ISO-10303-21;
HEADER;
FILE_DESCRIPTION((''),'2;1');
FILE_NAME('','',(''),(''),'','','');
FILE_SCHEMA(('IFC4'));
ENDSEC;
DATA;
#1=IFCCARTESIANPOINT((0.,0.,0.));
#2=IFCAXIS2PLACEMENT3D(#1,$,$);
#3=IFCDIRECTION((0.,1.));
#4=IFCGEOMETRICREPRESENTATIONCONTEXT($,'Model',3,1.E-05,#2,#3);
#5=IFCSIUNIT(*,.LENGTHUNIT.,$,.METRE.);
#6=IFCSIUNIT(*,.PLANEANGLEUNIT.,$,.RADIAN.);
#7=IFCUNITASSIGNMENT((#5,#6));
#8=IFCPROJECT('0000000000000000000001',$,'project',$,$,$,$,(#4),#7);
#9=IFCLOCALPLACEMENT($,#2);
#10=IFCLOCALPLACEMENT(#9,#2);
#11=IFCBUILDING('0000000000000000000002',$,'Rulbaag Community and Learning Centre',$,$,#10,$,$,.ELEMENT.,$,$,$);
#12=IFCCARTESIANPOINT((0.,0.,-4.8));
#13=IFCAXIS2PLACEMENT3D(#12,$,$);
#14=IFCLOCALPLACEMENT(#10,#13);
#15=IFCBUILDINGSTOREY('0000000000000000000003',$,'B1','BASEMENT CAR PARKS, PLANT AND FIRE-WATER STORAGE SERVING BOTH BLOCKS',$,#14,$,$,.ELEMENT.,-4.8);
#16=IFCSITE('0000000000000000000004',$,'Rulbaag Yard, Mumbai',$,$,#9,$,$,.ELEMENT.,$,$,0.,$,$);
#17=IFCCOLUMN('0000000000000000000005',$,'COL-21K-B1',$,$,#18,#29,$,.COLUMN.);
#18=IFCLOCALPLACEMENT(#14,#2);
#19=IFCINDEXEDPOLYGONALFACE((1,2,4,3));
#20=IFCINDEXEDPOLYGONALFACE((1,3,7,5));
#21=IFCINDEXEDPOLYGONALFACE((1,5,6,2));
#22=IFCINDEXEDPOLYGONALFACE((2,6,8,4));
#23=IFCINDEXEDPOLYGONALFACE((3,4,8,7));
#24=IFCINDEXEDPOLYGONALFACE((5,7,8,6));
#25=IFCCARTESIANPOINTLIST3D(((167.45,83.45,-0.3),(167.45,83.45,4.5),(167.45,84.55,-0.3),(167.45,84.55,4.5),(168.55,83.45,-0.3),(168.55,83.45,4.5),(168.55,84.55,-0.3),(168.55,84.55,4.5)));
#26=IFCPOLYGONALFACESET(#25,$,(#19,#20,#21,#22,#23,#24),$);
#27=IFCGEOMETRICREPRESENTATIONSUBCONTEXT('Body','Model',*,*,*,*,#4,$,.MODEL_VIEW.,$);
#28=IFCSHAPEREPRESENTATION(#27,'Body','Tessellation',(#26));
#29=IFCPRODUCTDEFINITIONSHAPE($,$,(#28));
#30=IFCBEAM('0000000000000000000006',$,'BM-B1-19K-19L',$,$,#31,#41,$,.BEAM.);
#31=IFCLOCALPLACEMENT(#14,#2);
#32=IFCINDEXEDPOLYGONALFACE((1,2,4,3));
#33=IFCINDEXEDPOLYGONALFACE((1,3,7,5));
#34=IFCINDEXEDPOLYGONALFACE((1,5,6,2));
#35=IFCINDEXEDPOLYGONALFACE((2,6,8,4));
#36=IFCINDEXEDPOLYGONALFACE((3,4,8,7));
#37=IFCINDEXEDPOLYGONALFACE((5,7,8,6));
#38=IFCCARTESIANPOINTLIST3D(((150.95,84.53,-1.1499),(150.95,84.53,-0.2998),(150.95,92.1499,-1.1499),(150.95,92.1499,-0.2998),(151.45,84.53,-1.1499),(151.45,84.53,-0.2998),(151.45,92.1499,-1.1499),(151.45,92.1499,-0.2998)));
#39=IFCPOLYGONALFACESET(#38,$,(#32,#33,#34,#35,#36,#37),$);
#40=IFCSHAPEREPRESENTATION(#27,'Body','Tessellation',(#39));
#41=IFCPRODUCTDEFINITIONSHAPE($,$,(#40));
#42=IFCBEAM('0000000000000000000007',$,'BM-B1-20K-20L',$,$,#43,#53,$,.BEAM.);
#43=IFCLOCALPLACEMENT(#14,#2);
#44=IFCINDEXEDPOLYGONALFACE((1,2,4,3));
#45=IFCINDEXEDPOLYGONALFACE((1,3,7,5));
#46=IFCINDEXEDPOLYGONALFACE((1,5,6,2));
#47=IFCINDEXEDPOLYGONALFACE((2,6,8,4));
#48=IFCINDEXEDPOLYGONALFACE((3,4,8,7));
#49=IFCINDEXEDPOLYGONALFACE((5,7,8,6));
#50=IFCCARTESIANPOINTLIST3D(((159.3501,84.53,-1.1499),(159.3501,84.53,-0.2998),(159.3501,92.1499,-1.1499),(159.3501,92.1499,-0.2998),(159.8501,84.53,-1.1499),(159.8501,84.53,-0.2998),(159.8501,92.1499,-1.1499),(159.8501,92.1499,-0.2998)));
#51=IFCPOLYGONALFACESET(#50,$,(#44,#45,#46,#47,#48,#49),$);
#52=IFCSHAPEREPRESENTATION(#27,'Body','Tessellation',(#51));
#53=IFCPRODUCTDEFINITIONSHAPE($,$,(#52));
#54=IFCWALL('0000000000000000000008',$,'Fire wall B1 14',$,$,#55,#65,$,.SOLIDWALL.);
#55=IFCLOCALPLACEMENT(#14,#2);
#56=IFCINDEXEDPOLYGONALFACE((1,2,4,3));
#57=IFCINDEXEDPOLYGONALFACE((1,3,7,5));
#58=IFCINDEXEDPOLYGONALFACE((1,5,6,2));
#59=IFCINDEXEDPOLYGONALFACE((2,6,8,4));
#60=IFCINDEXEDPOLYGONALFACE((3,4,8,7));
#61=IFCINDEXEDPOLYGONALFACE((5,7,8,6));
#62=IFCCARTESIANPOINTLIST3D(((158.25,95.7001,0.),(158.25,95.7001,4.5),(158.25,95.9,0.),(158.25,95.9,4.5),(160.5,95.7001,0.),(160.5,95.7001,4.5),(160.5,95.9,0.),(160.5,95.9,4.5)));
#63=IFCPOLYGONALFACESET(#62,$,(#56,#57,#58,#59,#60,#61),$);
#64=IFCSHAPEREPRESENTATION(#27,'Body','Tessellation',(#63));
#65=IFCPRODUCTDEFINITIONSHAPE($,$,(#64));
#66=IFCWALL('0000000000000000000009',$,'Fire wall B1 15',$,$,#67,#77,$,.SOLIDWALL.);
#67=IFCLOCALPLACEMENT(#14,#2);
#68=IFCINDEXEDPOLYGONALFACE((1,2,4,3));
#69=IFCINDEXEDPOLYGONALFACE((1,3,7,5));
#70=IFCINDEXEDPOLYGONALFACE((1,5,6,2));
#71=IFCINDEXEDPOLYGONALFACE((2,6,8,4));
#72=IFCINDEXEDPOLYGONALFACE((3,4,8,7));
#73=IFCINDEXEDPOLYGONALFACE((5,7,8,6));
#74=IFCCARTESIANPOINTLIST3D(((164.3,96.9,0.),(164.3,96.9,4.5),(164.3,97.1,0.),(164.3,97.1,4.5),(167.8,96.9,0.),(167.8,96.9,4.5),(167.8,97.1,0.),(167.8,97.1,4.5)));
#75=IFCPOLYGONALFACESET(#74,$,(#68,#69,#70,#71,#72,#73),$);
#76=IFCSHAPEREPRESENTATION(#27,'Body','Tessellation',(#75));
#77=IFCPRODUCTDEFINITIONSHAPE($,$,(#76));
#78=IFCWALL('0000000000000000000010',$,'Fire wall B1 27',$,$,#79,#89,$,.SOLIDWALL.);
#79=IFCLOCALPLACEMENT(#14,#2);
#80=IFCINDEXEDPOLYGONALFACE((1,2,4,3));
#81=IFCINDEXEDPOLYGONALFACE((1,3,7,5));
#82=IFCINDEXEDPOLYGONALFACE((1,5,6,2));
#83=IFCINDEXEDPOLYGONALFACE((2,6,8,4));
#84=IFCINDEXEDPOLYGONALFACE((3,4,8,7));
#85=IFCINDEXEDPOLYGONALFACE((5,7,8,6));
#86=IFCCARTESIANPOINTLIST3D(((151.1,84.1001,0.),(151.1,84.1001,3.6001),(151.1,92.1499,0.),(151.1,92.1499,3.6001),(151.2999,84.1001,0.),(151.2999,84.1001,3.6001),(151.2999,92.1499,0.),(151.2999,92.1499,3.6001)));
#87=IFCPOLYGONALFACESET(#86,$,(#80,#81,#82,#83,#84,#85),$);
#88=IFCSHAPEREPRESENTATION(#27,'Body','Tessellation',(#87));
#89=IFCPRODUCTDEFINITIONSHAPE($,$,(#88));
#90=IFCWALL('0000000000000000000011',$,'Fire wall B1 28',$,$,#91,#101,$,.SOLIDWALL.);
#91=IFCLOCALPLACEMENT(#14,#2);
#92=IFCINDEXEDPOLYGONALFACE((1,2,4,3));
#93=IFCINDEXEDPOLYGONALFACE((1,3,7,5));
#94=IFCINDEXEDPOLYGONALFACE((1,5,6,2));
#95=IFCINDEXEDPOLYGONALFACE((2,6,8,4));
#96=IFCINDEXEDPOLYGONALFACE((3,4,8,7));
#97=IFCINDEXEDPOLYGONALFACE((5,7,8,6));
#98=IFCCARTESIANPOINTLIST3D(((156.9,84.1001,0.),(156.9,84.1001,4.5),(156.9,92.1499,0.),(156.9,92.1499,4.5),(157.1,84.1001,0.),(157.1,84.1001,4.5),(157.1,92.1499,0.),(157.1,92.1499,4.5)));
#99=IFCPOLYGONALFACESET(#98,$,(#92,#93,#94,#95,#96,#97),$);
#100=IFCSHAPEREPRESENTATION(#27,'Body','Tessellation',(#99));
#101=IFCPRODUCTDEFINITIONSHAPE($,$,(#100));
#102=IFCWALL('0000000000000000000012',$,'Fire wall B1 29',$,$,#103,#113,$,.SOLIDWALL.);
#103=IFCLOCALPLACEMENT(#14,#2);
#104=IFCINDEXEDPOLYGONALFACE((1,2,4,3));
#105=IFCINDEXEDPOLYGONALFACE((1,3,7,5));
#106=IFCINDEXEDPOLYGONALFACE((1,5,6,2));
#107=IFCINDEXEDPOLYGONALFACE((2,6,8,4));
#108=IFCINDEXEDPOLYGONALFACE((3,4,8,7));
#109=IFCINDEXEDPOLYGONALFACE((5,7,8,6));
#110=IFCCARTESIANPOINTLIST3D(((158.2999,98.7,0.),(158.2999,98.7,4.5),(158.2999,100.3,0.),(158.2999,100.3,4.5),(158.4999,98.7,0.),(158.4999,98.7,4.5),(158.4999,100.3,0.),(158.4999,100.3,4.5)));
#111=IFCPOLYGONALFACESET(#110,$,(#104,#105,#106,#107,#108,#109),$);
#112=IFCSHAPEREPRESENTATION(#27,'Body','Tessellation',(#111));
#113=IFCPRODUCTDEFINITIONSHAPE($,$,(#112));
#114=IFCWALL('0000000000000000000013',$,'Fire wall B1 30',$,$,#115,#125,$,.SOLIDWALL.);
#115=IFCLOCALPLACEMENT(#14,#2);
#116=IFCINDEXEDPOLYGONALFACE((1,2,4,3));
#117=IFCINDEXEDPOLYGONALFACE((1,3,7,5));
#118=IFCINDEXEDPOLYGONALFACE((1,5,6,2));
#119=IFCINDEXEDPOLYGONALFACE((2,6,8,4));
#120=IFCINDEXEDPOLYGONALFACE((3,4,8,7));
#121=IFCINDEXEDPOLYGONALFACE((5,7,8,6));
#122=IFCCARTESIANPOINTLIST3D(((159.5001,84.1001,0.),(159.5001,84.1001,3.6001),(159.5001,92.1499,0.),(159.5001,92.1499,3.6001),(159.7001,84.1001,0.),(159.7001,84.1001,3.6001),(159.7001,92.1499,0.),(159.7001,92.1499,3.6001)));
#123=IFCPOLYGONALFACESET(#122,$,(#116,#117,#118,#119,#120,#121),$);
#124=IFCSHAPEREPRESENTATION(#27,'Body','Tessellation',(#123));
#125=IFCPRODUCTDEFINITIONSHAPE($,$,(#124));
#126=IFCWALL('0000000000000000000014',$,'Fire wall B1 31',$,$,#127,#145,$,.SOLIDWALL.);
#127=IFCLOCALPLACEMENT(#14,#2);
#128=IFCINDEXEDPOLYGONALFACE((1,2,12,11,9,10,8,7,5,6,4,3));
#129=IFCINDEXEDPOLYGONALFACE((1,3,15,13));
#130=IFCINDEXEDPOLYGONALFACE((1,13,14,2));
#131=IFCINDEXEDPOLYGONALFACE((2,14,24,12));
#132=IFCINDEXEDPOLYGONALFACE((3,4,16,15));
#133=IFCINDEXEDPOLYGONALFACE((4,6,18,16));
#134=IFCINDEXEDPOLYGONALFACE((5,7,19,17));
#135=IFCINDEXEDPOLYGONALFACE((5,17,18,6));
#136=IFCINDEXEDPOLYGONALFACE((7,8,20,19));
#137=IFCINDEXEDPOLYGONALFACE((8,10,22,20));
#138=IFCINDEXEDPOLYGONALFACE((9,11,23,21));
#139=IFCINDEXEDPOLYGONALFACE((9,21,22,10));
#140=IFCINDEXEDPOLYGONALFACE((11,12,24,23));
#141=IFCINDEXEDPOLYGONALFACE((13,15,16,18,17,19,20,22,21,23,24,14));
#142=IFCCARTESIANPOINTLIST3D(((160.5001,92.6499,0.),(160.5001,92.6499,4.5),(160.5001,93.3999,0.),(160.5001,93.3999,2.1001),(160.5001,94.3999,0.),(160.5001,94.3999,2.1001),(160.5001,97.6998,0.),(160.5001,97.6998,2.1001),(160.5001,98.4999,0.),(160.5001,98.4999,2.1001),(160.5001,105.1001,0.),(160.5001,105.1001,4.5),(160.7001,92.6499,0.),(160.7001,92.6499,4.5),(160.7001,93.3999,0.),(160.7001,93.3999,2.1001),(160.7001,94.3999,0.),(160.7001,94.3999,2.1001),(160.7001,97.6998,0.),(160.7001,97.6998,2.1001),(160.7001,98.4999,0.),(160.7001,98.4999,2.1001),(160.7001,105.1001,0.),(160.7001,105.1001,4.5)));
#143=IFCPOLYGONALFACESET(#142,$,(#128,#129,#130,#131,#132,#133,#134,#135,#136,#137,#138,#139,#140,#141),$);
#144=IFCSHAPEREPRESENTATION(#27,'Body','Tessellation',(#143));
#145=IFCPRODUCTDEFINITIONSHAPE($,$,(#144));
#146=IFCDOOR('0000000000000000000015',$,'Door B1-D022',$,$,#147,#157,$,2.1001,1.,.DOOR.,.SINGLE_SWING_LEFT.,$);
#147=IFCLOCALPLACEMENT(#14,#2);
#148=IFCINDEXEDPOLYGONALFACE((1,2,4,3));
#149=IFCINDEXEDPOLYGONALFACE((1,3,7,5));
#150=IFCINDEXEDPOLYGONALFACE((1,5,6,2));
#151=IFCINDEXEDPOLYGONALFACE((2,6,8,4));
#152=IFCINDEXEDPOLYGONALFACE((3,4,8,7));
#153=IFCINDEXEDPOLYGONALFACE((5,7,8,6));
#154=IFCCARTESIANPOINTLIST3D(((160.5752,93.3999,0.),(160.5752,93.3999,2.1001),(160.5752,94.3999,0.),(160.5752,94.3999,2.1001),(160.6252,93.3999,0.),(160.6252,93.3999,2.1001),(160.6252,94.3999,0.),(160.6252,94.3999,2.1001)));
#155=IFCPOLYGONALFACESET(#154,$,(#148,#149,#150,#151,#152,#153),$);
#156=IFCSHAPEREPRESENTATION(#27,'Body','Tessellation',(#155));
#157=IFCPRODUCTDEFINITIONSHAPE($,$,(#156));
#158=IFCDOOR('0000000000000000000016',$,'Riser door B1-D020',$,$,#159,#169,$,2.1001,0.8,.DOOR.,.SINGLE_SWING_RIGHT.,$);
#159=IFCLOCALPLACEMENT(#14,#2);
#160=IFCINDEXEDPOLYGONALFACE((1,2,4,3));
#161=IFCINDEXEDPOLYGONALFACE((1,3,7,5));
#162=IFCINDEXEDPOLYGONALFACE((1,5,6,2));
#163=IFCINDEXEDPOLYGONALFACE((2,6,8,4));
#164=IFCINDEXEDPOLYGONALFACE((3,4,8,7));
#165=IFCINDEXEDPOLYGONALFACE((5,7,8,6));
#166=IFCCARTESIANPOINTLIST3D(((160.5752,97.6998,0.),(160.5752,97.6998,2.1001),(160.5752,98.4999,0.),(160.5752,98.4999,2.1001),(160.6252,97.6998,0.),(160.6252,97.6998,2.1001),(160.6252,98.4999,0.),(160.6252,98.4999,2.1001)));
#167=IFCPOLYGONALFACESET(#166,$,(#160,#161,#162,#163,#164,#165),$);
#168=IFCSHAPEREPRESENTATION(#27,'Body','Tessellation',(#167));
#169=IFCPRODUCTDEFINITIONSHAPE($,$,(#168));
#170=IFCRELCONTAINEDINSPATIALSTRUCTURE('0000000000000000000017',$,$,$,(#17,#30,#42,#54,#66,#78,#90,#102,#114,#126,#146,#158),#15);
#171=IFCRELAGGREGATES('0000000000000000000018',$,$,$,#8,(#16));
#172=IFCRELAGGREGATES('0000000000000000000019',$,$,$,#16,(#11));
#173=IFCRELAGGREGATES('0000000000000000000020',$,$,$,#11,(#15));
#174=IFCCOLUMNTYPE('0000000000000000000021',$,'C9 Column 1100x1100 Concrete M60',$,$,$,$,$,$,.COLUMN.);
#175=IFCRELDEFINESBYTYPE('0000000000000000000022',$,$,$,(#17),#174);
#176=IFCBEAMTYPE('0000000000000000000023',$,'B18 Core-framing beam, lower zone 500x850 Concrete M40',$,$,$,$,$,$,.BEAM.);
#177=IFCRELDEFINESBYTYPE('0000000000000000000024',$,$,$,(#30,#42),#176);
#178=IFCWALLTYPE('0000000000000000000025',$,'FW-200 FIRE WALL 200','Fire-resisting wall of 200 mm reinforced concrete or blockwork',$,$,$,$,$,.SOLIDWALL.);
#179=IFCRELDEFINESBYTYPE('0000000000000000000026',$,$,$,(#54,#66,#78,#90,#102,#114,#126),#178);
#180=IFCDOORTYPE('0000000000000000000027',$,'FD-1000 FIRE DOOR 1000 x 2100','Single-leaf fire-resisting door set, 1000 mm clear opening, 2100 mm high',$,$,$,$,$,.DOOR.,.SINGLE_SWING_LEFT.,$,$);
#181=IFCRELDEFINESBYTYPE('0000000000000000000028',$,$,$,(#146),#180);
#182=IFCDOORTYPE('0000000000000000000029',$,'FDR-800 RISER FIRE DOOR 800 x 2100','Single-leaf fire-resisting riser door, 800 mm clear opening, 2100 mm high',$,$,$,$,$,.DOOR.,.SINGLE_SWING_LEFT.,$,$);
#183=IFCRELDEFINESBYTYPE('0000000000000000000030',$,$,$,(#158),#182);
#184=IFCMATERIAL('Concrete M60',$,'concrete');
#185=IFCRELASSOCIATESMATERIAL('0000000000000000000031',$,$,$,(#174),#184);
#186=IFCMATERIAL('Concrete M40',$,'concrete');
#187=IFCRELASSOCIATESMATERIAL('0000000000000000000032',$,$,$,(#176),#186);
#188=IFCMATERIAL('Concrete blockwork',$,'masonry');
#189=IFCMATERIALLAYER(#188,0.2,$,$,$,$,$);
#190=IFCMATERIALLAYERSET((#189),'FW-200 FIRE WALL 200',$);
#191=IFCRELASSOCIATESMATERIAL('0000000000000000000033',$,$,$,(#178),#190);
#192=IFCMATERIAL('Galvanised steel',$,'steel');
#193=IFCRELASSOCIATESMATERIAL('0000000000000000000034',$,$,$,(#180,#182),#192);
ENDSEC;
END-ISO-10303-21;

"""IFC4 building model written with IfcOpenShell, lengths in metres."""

from ifc_helpers import new_model, si_unit, direction, frame, frame_2d, origin, origin_2d, place, context, subcontext, project, spatial, rectangle, extrude, material, layer, layer_set, material_profile, profile_set, type_object, element, fill, save


model = new_model("IFC4")

# Units and contexts
model_context = context("Model", 3, precision=1e-05, world=origin(), true_north=direction((0.0, 1.0)))
body_context = subcontext(model_context, "Body", "Model", "MODEL_VIEW")
ifc_project = project(units=[si_unit("LENGTHUNIT", "METRE"), si_unit("PLANEANGLEUNIT", "RADIAN")], contexts=[model_context])

# Site, building, storey
site_placement = place(None, origin())
site = spatial("IfcSite", under=ifc_project, at=site_placement, Name="Rulbaag Yard, Mumbai", CompositionType="ELEMENT", RefElevation=0.0)
building_placement = place(site_placement, origin())
building = spatial("IfcBuilding", under=site, at=building_placement, Name="Rulbaag Community and Learning Centre", CompositionType="ELEMENT")
storey_placement = place(building_placement, frame((0.0, 0.0, -4.8)))
storey = spatial("IfcBuildingStorey", under=building, at=storey_placement, Name="B1", Description="BASEMENT CAR PARKS, PLANT AND FIRE-WATER STORAGE SERVING BOTH BLOCKS", CompositionType="ELEMENT", Elevation=-4.8)

# Column
ifc_material_1 = material(Name="Concrete M60", Category="concrete")
ifc_material_profile_1 = material_profile(ifc_material_1, rectangle(XDim=1.1001, YDim=1.1001, at=origin_2d()), Name="RC1100x1100")
ifc_profile_set_1 = profile_set([ifc_material_profile_1], Name="Concrete M60")
column_type = type_object("IfcColumnType", Name="C9 Column 1100x1100 Concrete M60", PredefinedType="COLUMN", material=ifc_profile_set_1)
column_placement = place(storey_placement, frame((168.0, 84.0, -0.3), z_axis=(0.0, 0.0, 1.0), x_axis=(1.0, 0.0, 0.0)))
element("IfcColumn", 1, at=column_placement, inside=storey, type_object=column_type, Name="COL-21K-B1", PredefinedType="COLUMN", context=body_context, shape_type="SweptSolid", body=[
    extrude(rectangle(XDim=1.1001, YDim=1.1001, at=origin_2d()), origin(), (0.0, 0.0, 1.0), 4.8),
])

# Beams
ifc_material_2 = material(Name="Concrete M40", Category="concrete")
ifc_material_profile_2 = material_profile(ifc_material_2, rectangle(XDim=0.5, YDim=0.8501, at=origin_2d()), Name="RB500x850")
ifc_profile_set_2 = profile_set([ifc_material_profile_2], Name="Concrete M40")
beam_type = type_object("IfcBeamType", Name="B18 Core-framing beam, lower zone 500x850 Concrete M40", PredefinedType="BEAM", material=ifc_profile_set_2)
for number, where, z_axis, x_axis, name in (
    (2, (151.2, 84.53, -0.7249), (0.0, 1.0, 0.0), (-1.0, 0.0, 0.0), "BM-B1-19K-19L"),
    (3, (159.6001, 84.53, -0.7249), (0.0, 1.0, 0.0), (-1.0, 0.0, 0.0), "BM-B1-20K-20L"),
):
    element("IfcBeam", number, at=place(storey_placement, frame(where, z_axis=z_axis, x_axis=x_axis)), inside=storey, type_object=beam_type, Name=name, PredefinedType="BEAM", context=body_context, shape_type="SweptSolid", body=[
        extrude(rectangle(XDim=0.5, YDim=0.8501, at=origin_2d()), origin(), (0.0, 0.0, 1.0), 7.6199),
    ])

# Walls
ifc_material_3 = material(Name="Concrete blockwork", Category="masonry")
ifc_layer_1 = layer(ifc_material_3, 0.2)
ifc_layer_set_1 = layer_set([ifc_layer_1], Name="FW-200 FIRE WALL 200")
wall_type_1 = type_object("IfcWallType", Name="FW-200 FIRE WALL 200", Description="Fire-resisting wall of 200 mm reinforced concrete or blockwork", PredefinedType="SOLIDWALL", material=ifc_layer_set_1)
wall_1_placement = place(storey_placement, frame((158.25, 95.8, 0.0), z_axis=(0.0, 0.0, 1.0), x_axis=(1.0, 0.0, 0.0)))
element("IfcWall", 4, at=wall_1_placement, inside=storey, type_object=wall_type_1, Name="Fire wall B1 14", PredefinedType="SOLIDWALL", context=body_context, shape_type="SweptSolid", body=[
    extrude(rectangle(XDim=2.25, YDim=0.2, at=frame_2d((1.125, 0.0))), origin(), (0.0, 0.0, 1.0), 4.5),
])
wall_2_placement = place(storey_placement, frame((164.3, 97.0, 0.0), z_axis=(0.0, 0.0, 1.0), x_axis=(1.0, 0.0, 0.0)))
element("IfcWall", 5, at=wall_2_placement, inside=storey, type_object=wall_type_1, Name="Fire wall B1 15", PredefinedType="SOLIDWALL", context=body_context, shape_type="SweptSolid", body=[
    extrude(rectangle(XDim=3.5, YDim=0.2, at=frame_2d((1.75, 0.0))), origin(), (0.0, 0.0, 1.0), 4.5),
])
wall_3_placement = place(storey_placement, frame((151.2, 84.1001, 0.0), z_axis=(0.0, 0.0, 1.0), x_axis=(0.0, 1.0, 0.0)))
element("IfcWall", 6, at=wall_3_placement, inside=storey, type_object=wall_type_1, Name="Fire wall B1 27", PredefinedType="SOLIDWALL", context=body_context, shape_type="SweptSolid", body=[
    extrude(rectangle(XDim=8.0498, YDim=0.2, at=frame_2d((4.0249, 0.0))), origin(), (0.0, 0.0, 1.0), 3.6001),
])
wall_4_placement = place(storey_placement, frame((157.0, 84.1001, 0.0), z_axis=(0.0, 0.0, 1.0), x_axis=(0.0, 1.0, 0.0)))
element("IfcWall", 7, at=wall_4_placement, inside=storey, type_object=wall_type_1, Name="Fire wall B1 28", PredefinedType="SOLIDWALL", context=body_context, shape_type="SweptSolid", body=[
    extrude(rectangle(XDim=8.0498, YDim=0.2, at=frame_2d((4.0249, 0.0))), origin(), (0.0, 0.0, 1.0), 4.5),
])
wall_5_placement = place(storey_placement, frame((158.3999, 98.7, 0.0), z_axis=(0.0, 0.0, 1.0), x_axis=(0.0, 1.0, 0.0)))
element("IfcWall", 8, at=wall_5_placement, inside=storey, type_object=wall_type_1, Name="Fire wall B1 29", PredefinedType="SOLIDWALL", context=body_context, shape_type="SweptSolid", body=[
    extrude(rectangle(XDim=1.6001, YDim=0.2, at=frame_2d((0.8, 0.0))), origin(), (0.0, 0.0, 1.0), 4.5),
])
wall_6_placement = place(storey_placement, frame((159.6001, 84.1001, 0.0), z_axis=(0.0, 0.0, 1.0), x_axis=(0.0, 1.0, 0.0)))
element("IfcWall", 9, at=wall_6_placement, inside=storey, type_object=wall_type_1, Name="Fire wall B1 30", PredefinedType="SOLIDWALL", context=body_context, shape_type="SweptSolid", body=[
    extrude(rectangle(XDim=8.0498, YDim=0.2, at=frame_2d((4.0249, 0.0))), origin(), (0.0, 0.0, 1.0), 3.6001),
])

# Wall, openings, doors
wall_7_placement = place(storey_placement, frame((160.6001, 92.6499, 0.0), z_axis=(0.0, 0.0, 1.0), x_axis=(0.0, 1.0, 0.0)))
wall_7 = element("IfcWall", 10, at=wall_7_placement, inside=storey, type_object=wall_type_1, Name="Fire wall B1 31", PredefinedType="SOLIDWALL", context=body_context, shape_type="SweptSolid", body=[
    extrude(rectangle(XDim=12.4502, YDim=0.2, at=frame_2d((6.2251, 0.0))), origin(), (0.0, 0.0, 1.0), 4.5),
])
opening_1_placement = place(wall_7_placement, frame((5.05, 0.0, 0.0)))
opening_1 = element("IfcOpeningElement", 11, at=opening_1_placement, cuts=wall_7, PredefinedType="OPENING", context=body_context, shape_type="SweptSolid", body=[
    extrude(rectangle(XDim=0.8, YDim=2.1001, at=frame_2d((0.3999, 1.05))), frame((0.0, 0.1099, 0.0), z_axis=(0.0, -1.0, 0.0), x_axis=(1.0, 0.0, 0.0)), (0.0, 0.0, 1.0), 0.22),
])
opening_2_placement = place(wall_7_placement, frame((0.75, 0.0, 0.0)))
opening_2 = element("IfcOpeningElement", 12, at=opening_2_placement, cuts=wall_7, PredefinedType="OPENING", context=body_context, shape_type="SweptSolid", body=[
    extrude(rectangle(XDim=1.0, YDim=2.1001, at=frame_2d((0.5, 1.05))), frame((0.0, 0.1099, 0.0), z_axis=(0.0, -1.0, 0.0), x_axis=(1.0, 0.0, 0.0)), (0.0, 0.0, 1.0), 0.22),
])
ifc_material_4 = material(Name="Galvanised steel", Category="steel")
door_type_1 = type_object("IfcDoorType", Name="FD-1000 FIRE DOOR 1000 x 2100", Description="Single-leaf fire-resisting door set, 1000 mm clear opening, 2100 mm high", OperationType="SINGLE_SWING_LEFT", PredefinedType="DOOR", material=ifc_material_4)
door_1_placement = place(opening_2_placement, origin())
door_1 = element("IfcDoor", 13, at=door_1_placement, inside=storey, type_object=door_type_1, Name="Door B1-D022", OperationType="SINGLE_SWING_LEFT", OverallHeight=2.1001, OverallWidth=1.0, PredefinedType="DOOR", context=body_context, shape_type="SweptSolid", body=[
    extrude(rectangle(XDim=1.0, YDim=2.1001, at=frame_2d((0.5, 1.05))), frame((0.0, 0.0249, 0.0), z_axis=(0.0, -1.0, 0.0), x_axis=(1.0, 0.0, 0.0)), (0.0, 0.0, 1.0), 0.05),
])
fill(opening_2, door_1)
door_type_2 = type_object("IfcDoorType", Name="FDR-800 RISER FIRE DOOR 800 x 2100", Description="Single-leaf fire-resisting riser door, 800 mm clear opening, 2100 mm high", OperationType="SINGLE_SWING_LEFT", PredefinedType="DOOR", material=ifc_material_4)
door_2_placement = place(opening_1_placement, origin())
door_2 = element("IfcDoor", 14, at=door_2_placement, inside=storey, type_object=door_type_2, Name="Riser door B1-D020", OperationType="SINGLE_SWING_RIGHT", OverallHeight=2.1001, OverallWidth=0.8, PredefinedType="DOOR", context=body_context, shape_type="SweptSolid", body=[
    extrude(rectangle(XDim=0.8, YDim=2.1001, at=frame_2d((0.3999, 1.05))), frame((0.0, 0.0249, 0.0), z_axis=(0.0, -1.0, 0.0), x_axis=(1.0, 0.0, 0.0)), (0.0, 0.0, 1.0), 0.05),
])
fill(opening_1, door_2)

save(model, "model.ifc")
